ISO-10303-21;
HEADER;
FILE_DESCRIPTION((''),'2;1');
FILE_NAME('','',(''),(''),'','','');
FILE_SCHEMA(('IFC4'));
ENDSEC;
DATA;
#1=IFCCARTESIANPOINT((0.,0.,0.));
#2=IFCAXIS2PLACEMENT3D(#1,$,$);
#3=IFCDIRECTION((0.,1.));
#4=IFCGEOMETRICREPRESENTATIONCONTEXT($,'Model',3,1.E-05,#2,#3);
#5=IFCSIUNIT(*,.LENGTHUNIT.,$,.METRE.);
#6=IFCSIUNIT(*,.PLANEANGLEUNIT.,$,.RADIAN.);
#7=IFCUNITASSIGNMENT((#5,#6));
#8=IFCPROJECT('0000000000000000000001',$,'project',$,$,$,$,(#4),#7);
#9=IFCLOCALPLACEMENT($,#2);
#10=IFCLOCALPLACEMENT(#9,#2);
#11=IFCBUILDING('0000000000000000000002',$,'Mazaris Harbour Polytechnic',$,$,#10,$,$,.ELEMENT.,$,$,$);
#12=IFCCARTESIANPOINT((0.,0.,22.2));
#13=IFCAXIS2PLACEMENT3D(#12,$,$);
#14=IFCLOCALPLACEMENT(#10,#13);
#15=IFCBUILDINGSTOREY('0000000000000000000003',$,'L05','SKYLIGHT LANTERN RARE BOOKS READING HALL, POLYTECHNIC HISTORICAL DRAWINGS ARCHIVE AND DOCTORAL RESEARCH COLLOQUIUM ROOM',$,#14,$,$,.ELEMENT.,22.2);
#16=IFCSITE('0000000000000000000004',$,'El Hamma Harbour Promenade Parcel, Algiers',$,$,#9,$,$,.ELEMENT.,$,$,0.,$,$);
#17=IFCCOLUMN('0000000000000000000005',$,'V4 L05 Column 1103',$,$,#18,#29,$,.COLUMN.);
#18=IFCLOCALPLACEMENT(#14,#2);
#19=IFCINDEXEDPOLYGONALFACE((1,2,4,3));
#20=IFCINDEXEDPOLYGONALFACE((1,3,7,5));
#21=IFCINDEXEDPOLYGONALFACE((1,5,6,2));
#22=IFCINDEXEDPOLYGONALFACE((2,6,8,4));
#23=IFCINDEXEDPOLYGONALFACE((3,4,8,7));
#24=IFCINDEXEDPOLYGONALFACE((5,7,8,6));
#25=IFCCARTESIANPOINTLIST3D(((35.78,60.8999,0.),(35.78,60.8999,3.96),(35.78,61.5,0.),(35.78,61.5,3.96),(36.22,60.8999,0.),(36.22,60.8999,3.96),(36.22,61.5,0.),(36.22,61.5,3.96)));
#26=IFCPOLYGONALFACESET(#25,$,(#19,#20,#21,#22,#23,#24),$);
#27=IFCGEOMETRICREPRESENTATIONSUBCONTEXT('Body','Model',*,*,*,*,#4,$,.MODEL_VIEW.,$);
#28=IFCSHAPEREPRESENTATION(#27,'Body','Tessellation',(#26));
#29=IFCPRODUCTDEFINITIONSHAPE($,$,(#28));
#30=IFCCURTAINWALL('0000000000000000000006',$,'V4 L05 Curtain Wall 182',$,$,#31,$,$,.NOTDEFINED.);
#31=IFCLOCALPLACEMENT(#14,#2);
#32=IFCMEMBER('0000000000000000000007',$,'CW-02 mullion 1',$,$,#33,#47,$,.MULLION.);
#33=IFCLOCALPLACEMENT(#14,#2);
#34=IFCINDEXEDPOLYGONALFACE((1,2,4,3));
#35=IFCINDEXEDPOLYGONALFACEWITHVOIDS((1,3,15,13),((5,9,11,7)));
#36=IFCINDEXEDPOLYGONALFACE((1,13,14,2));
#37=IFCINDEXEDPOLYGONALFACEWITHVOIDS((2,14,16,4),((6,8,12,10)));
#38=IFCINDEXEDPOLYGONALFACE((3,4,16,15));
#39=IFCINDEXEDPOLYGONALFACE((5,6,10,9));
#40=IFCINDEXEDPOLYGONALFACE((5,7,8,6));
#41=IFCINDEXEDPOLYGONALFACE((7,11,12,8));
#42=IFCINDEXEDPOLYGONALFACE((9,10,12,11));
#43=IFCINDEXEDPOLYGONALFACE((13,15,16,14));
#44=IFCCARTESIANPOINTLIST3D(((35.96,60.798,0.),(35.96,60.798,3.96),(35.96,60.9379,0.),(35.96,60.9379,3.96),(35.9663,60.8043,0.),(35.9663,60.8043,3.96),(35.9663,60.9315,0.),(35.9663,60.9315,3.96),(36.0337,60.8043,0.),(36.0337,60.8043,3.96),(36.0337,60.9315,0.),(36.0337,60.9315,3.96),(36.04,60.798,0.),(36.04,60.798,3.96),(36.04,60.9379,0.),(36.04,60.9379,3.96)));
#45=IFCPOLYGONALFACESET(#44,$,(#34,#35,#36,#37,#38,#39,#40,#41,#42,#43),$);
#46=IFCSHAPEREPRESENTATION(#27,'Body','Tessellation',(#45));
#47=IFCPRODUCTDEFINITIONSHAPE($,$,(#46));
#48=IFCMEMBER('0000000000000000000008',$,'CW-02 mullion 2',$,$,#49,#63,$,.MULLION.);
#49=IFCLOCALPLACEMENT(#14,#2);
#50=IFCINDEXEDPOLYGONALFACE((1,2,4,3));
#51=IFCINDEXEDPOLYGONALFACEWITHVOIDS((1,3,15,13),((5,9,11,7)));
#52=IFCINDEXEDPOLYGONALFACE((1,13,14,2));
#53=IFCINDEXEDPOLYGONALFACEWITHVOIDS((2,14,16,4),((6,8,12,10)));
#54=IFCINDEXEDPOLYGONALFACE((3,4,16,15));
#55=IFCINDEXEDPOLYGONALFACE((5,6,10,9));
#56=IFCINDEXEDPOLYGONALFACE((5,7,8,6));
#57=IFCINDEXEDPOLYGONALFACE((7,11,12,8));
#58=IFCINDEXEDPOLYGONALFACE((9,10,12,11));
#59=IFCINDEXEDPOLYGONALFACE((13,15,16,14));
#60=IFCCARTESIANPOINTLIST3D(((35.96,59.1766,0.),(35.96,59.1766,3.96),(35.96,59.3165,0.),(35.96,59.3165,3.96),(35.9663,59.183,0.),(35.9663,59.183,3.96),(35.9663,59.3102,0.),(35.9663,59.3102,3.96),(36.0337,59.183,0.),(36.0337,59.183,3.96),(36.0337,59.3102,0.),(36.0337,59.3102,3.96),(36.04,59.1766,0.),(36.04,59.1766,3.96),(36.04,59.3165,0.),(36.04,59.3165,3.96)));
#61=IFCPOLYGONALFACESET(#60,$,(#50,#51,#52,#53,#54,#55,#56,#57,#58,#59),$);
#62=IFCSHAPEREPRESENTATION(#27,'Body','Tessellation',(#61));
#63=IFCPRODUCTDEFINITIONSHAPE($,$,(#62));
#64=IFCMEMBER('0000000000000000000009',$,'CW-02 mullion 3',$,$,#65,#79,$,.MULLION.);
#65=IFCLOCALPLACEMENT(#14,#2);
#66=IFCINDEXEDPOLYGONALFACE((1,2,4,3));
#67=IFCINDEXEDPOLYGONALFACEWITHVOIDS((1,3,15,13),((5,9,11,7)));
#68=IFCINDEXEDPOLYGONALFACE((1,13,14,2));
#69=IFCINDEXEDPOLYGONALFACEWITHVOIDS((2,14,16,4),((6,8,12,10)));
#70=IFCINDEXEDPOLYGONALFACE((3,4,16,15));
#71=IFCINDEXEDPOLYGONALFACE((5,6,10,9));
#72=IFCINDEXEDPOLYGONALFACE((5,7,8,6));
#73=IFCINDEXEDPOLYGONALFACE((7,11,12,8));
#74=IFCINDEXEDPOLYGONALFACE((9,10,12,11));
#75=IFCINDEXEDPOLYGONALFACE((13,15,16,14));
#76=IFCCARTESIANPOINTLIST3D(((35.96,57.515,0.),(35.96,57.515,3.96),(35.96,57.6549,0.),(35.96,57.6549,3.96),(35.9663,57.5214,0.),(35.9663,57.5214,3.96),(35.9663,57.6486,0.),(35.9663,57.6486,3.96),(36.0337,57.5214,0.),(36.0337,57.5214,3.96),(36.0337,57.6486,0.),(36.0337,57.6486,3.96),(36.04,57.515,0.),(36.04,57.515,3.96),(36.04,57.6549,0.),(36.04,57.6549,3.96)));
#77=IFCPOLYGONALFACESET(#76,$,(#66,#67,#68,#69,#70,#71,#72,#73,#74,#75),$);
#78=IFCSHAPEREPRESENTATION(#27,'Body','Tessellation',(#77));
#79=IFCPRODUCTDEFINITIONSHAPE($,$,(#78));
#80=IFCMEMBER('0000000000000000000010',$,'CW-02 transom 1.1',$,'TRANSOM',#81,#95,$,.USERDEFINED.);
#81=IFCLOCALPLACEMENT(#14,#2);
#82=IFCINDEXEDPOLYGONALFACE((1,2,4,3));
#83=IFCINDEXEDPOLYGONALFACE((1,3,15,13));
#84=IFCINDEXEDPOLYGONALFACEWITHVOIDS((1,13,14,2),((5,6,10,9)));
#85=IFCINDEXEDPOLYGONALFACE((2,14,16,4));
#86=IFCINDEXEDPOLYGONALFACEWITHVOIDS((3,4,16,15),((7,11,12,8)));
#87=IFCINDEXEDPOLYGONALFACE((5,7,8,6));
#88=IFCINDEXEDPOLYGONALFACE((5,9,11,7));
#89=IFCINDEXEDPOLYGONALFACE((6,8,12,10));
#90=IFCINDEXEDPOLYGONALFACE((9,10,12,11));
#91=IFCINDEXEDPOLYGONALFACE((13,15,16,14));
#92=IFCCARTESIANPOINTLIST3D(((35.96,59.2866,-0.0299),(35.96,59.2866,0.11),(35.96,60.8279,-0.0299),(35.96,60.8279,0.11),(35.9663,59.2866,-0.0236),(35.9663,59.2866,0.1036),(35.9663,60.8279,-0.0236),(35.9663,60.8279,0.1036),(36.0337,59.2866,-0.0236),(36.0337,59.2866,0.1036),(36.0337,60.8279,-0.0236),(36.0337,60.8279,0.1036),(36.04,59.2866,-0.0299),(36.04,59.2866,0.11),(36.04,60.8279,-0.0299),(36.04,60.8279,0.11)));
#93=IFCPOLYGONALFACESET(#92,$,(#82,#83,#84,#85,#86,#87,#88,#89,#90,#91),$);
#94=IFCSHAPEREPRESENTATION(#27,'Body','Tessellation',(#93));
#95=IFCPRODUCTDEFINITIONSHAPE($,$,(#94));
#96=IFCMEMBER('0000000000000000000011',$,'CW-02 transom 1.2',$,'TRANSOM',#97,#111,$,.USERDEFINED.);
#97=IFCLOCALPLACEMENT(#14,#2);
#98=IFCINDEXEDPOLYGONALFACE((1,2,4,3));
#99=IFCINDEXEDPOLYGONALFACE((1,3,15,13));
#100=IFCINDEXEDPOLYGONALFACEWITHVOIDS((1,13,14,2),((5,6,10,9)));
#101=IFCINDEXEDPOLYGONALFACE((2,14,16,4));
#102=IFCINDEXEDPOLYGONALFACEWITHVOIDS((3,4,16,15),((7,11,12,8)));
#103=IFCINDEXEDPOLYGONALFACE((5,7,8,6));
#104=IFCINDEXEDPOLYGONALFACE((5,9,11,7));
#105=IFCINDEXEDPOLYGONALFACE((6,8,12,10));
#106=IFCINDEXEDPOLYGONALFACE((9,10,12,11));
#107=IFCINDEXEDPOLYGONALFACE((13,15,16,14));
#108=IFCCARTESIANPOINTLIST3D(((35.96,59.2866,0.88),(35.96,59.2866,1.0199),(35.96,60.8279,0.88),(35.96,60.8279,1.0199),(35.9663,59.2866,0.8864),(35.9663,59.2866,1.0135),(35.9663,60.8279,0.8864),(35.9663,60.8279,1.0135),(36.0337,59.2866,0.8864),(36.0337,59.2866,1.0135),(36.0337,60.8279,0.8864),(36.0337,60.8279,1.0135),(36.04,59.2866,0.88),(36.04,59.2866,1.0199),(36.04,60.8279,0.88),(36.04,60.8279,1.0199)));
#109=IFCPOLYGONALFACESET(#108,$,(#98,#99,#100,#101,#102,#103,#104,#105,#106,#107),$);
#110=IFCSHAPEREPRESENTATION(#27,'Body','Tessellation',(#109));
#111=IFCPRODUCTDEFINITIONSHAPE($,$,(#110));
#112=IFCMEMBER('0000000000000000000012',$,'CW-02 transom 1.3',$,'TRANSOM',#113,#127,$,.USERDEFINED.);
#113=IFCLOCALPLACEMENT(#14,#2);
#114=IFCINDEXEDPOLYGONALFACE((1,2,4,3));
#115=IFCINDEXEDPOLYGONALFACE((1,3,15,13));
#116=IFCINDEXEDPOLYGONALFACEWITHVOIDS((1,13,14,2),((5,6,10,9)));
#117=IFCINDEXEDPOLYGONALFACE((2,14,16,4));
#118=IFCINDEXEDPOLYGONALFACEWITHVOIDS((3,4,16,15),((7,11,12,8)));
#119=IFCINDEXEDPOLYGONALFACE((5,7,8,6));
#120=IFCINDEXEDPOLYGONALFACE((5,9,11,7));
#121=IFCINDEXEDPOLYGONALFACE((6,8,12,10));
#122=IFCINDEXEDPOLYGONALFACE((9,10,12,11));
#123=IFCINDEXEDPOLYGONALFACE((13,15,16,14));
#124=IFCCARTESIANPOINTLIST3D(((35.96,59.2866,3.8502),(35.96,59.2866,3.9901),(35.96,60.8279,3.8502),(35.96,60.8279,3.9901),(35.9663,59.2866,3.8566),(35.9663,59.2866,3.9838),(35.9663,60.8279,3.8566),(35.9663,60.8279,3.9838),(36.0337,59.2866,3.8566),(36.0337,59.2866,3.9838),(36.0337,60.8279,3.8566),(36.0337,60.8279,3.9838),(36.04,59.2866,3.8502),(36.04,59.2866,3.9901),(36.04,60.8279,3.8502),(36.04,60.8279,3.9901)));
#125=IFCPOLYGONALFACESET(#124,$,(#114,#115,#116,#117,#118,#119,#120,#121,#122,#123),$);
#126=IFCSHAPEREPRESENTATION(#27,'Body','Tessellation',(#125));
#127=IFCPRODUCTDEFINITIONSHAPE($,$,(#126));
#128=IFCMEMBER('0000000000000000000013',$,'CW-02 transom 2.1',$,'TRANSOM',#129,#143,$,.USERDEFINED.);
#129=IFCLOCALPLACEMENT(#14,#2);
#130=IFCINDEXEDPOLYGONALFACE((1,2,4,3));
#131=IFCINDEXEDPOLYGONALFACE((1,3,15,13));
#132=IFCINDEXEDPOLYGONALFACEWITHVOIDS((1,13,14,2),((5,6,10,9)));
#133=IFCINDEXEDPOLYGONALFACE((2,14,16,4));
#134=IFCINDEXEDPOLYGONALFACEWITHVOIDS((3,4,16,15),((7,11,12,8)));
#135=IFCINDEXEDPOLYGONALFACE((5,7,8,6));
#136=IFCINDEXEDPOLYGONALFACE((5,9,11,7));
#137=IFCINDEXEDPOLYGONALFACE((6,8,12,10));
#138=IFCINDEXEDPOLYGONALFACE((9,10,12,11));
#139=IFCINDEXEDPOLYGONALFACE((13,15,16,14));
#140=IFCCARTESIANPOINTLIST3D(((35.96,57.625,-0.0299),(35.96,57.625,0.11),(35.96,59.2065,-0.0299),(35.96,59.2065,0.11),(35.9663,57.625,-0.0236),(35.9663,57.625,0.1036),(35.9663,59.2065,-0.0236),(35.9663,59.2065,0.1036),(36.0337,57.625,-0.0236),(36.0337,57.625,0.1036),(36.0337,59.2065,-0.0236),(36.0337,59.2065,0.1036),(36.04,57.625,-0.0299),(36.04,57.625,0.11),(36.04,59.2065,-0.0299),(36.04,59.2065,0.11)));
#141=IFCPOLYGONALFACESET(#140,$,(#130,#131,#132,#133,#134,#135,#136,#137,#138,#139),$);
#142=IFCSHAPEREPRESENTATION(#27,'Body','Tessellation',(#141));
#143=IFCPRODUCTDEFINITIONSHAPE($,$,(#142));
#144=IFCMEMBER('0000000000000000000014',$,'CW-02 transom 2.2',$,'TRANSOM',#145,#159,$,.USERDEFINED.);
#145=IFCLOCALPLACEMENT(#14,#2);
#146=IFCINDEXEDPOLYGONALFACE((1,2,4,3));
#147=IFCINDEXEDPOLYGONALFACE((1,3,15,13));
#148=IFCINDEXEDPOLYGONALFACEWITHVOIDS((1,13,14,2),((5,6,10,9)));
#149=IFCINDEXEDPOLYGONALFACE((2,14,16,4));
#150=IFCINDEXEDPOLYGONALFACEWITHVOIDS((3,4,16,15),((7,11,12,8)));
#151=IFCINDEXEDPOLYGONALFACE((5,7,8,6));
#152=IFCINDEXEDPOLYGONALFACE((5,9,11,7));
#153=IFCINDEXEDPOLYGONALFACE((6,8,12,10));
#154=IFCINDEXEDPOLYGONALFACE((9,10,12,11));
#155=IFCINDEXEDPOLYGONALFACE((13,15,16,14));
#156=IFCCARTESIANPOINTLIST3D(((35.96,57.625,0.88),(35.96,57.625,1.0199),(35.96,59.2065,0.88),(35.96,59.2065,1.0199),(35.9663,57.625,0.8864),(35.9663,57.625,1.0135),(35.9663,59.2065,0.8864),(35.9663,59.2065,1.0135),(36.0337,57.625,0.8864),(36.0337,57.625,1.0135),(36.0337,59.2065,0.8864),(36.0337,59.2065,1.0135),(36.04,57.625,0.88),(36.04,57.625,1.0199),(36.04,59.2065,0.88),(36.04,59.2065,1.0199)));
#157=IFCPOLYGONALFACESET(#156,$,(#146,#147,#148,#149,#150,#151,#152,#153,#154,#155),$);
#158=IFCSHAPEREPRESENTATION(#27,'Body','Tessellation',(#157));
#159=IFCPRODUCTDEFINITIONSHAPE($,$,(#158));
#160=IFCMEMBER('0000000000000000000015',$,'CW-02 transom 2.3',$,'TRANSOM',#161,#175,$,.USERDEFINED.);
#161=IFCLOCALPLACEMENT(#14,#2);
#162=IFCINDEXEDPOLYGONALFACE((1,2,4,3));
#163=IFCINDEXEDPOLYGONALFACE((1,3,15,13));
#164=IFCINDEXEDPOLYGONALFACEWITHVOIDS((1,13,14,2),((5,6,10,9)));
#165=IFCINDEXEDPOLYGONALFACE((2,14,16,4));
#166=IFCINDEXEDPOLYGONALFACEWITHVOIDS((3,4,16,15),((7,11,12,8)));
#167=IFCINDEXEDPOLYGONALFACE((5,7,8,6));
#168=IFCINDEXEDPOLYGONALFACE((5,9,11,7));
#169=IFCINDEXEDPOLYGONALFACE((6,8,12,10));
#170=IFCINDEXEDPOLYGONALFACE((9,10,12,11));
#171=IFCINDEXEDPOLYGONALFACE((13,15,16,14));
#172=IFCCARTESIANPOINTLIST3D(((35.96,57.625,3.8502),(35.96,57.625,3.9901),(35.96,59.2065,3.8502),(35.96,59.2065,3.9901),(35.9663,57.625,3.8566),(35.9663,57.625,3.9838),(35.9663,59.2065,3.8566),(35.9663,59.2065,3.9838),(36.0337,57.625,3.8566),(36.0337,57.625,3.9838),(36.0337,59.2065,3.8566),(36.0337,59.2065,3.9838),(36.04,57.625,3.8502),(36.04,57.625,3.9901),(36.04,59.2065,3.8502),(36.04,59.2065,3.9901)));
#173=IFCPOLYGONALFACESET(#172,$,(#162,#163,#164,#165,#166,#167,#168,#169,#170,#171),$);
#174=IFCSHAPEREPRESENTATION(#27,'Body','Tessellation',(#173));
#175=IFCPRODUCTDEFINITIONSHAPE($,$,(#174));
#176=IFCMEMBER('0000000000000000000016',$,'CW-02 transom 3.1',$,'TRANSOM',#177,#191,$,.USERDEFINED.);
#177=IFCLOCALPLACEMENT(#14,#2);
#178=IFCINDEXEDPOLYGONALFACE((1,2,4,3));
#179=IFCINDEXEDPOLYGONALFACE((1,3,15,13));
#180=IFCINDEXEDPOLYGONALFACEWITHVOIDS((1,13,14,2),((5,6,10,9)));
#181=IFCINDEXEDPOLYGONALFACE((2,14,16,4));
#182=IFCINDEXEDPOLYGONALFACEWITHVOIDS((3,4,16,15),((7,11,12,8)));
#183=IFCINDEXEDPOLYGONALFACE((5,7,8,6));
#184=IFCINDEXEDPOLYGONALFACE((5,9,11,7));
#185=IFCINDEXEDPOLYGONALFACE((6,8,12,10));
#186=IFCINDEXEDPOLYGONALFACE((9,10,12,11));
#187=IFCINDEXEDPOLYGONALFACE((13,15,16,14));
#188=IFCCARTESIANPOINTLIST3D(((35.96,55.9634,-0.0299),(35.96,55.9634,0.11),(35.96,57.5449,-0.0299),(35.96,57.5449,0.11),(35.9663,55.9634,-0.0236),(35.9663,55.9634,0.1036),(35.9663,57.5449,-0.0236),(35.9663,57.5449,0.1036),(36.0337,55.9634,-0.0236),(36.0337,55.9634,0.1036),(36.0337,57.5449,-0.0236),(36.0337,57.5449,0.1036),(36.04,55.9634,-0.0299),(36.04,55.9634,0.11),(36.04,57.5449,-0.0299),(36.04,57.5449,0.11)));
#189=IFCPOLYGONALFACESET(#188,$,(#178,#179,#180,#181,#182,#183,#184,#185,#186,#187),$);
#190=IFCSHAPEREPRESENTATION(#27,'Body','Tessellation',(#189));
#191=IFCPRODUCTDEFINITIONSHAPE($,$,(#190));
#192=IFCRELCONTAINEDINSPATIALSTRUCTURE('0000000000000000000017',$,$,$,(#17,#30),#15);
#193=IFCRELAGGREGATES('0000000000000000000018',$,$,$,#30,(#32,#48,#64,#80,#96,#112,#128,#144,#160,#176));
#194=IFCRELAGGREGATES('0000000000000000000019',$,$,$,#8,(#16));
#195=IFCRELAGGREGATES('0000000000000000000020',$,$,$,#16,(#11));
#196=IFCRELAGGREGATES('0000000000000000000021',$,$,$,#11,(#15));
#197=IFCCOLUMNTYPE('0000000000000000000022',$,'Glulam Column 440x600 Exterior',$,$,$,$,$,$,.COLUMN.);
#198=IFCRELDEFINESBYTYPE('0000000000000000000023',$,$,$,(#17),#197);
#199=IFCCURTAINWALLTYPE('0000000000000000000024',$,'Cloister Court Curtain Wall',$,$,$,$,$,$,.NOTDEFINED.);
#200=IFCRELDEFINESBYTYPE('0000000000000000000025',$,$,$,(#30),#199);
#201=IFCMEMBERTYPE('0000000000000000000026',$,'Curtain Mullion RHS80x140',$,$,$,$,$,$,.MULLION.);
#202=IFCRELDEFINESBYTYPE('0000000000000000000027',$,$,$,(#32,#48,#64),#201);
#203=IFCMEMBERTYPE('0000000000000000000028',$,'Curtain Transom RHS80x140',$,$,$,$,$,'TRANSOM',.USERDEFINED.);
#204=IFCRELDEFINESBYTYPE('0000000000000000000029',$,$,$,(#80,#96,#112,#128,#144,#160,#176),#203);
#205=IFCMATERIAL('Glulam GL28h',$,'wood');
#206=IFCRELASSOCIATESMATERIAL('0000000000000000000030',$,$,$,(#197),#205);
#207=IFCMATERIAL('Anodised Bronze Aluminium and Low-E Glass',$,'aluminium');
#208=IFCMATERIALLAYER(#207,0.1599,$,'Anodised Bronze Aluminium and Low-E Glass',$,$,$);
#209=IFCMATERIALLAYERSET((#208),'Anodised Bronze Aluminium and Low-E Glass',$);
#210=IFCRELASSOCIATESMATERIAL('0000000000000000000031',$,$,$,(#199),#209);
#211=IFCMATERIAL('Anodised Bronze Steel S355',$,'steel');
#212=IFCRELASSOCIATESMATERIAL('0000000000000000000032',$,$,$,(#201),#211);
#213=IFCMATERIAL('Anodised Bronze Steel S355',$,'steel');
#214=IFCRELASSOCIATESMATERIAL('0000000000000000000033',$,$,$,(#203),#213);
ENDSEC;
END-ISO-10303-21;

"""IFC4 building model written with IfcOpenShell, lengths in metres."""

from ifc_helpers import new_model, si_unit, direction, frame, origin, origin_2d, place, context, subcontext, project, spatial, rectangle, hollow_rectangle, extrude, material, layer, layer_set, material_profile, profile_set, type_object, element, aggregate, save


model = new_model("IFC4")

# Units and contexts
model_context = context("Model", 3, precision=1e-05, world=origin(), true_north=direction((0.0, 1.0)))
body_context = subcontext(model_context, "Body", "Model", "MODEL_VIEW")
ifc_project = project(units=[si_unit("LENGTHUNIT", "METRE"), si_unit("PLANEANGLEUNIT", "RADIAN")], contexts=[model_context])

# Site, building, storey
site_placement = place(None, origin())
site = spatial("IfcSite", under=ifc_project, at=site_placement, Name="El Hamma Harbour Promenade Parcel, Algiers", CompositionType="ELEMENT", RefElevation=0.0)
building_placement = place(site_placement, origin())
building = spatial("IfcBuilding", under=site, at=building_placement, Name="Mazaris Harbour Polytechnic", CompositionType="ELEMENT")
storey_placement = place(building_placement, frame((0.0, 0.0, 22.2)))
storey = spatial("IfcBuildingStorey", under=building, at=storey_placement, Name="L05", Description="SKYLIGHT LANTERN RARE BOOKS READING HALL, POLYTECHNIC HISTORICAL DRAWINGS ARCHIVE AND DOCTORAL RESEARCH COLLOQUIUM ROOM", CompositionType="ELEMENT", Elevation=22.2)

# Column
ifc_material_1 = material(Name="Glulam GL28h", Category="wood")
ifc_material_profile_1 = material_profile(ifc_material_1, rectangle(XDim=0.4399, YDim=0.6001, at=origin_2d()), Name="RECT440x600")
ifc_profile_set_1 = profile_set([ifc_material_profile_1], Name="Glulam GL28h")
column_type = type_object("IfcColumnType", Name="Glulam Column 440x600 Exterior", PredefinedType="COLUMN", material=ifc_profile_set_1)
column_placement = place(storey_placement, frame((36.0, 61.2, 0.0), z_axis=(0.0, 0.0, 1.0), x_axis=(1.0, 0.0, 0.0)))
element("IfcColumn", 1, at=column_placement, inside=storey, type_object=column_type, Name="V4 L05 Column 1103", PredefinedType="COLUMN", context=body_context, shape_type="SweptSolid", body=[
    extrude(rectangle(XDim=0.4399, YDim=0.6001, at=origin_2d()), origin(), (0.0, 0.0, 1.0), 3.96),
])

# Curtain wall, members
ifc_material_2 = material(Name="Anodised Bronze Aluminium and Low-E Glass", Category="aluminium")
ifc_layer_1 = layer(ifc_material_2, 0.1599, Name="Anodised Bronze Aluminium and Low-E Glass")
ifc_layer_set_1 = layer_set([ifc_layer_1], Name="Anodised Bronze Aluminium and Low-E Glass")
curtain_wall_type = type_object("IfcCurtainWallType", Name="Cloister Court Curtain Wall", PredefinedType="NOTDEFINED", material=ifc_layer_set_1)
curtain_wall_placement = place(storey_placement, origin())
curtain_wall = element("IfcCurtainWall", 2, at=curtain_wall_placement, inside=storey, type_object=curtain_wall_type, Name="V4 L05 Curtain Wall 182", PredefinedType="NOTDEFINED")
ifc_material_3 = material(Name="Anodised Bronze Steel S355", Category="steel")
ifc_material_profile_2 = material_profile(ifc_material_3, hollow_rectangle(XDim=0.0801, YDim=0.1399, WallThickness=0.0063, at=origin_2d()), Name="RHS 80x140x6.3")
ifc_profile_set_2 = profile_set([ifc_material_profile_2], Name="Anodised Bronze Steel S355")
member_type_1 = type_object("IfcMemberType", Name="Curtain Mullion RHS80x140", PredefinedType="MULLION", material=ifc_profile_set_2)
member_1_placement = place(storey_placement, frame((36.0, 60.8679, 0.0), z_axis=(0.0, 0.0, 1.0), x_axis=(1.0, 0.0, 0.0)))
member_1 = element("IfcMember", 3, at=member_1_placement, type_object=member_type_1, Name="CW-02 mullion 1", PredefinedType="MULLION", context=body_context, shape_type="SweptSolid", body=[
    extrude(hollow_rectangle(XDim=0.0801, YDim=0.1399, WallThickness=0.0063, at=origin_2d()), origin(), (0.0, 0.0, 1.0), 3.96),
])
member_2_placement = place(storey_placement, frame((36.0, 59.2466, 0.0), z_axis=(0.0, 0.0, 1.0), x_axis=(1.0, 0.0, 0.0)))
member_2 = element("IfcMember", 4, at=member_2_placement, type_object=member_type_1, Name="CW-02 mullion 2", PredefinedType="MULLION", context=body_context, shape_type="SweptSolid", body=[
    extrude(hollow_rectangle(XDim=0.0801, YDim=0.1399, WallThickness=0.0063, at=origin_2d()), origin(), (0.0, 0.0, 1.0), 3.96),
])
member_3_placement = place(storey_placement, frame((36.0, 57.585, 0.0), z_axis=(0.0, 0.0, 1.0), x_axis=(1.0, 0.0, 0.0)))
member_3 = element("IfcMember", 5, at=member_3_placement, type_object=member_type_1, Name="CW-02 mullion 3", PredefinedType="MULLION", context=body_context, shape_type="SweptSolid", body=[
    extrude(hollow_rectangle(XDim=0.0801, YDim=0.1399, WallThickness=0.0063, at=origin_2d()), origin(), (0.0, 0.0, 1.0), 3.96),
])
ifc_material_4 = material(Name="Anodised Bronze Steel S355", Category="steel")
ifc_material_profile_3 = material_profile(ifc_material_4, hollow_rectangle(XDim=0.0801, YDim=0.1399, WallThickness=0.0063, at=origin_2d()), Name="RHS 80x140x6.3")
ifc_profile_set_3 = profile_set([ifc_material_profile_3], Name="Anodised Bronze Steel S355")
member_type_2 = type_object("IfcMemberType", Name="Curtain Transom RHS80x140", ElementType="TRANSOM", PredefinedType="USERDEFINED", material=ifc_profile_set_3)
member_4_placement = place(storey_placement, frame((36.0, 60.8279, 0.04), z_axis=(0.0, -1.0, 0.0), x_axis=(1.0, 0.0, 0.0)))
member_4 = element("IfcMember", 6, at=member_4_placement, type_object=member_type_2, Name="CW-02 transom 1.1", ObjectType="TRANSOM", PredefinedType="USERDEFINED", context=body_context, shape_type="SweptSolid", body=[
    extrude(hollow_rectangle(XDim=0.0801, YDim=0.1399, WallThickness=0.0063, at=origin_2d()), origin(), (0.0, 0.0, 1.0), 1.5413),
])
member_5_placement = place(storey_placement, frame((36.0, 60.8279, 0.95), z_axis=(0.0, -1.0, 0.0), x_axis=(1.0, 0.0, 0.0)))
member_5 = element("IfcMember", 7, at=member_5_placement, type_object=member_type_2, Name="CW-02 transom 1.2", ObjectType="TRANSOM", PredefinedType="USERDEFINED", context=body_context, shape_type="SweptSolid", body=[
    extrude(hollow_rectangle(XDim=0.0801, YDim=0.1399, WallThickness=0.0063, at=origin_2d()), origin(), (0.0, 0.0, 1.0), 1.5413),
])
member_6_placement = place(storey_placement, frame((36.0, 60.8279, 3.9202), z_axis=(0.0, -1.0, 0.0), x_axis=(1.0, 0.0, 0.0)))
member_6 = element("IfcMember", 8, at=member_6_placement, type_object=member_type_2, Name="CW-02 transom 1.3", ObjectType="TRANSOM", PredefinedType="USERDEFINED", context=body_context, shape_type="SweptSolid", body=[
    extrude(hollow_rectangle(XDim=0.0801, YDim=0.1399, WallThickness=0.0063, at=origin_2d()), origin(), (0.0, 0.0, 1.0), 1.5413),
])
member_7_placement = place(storey_placement, frame((36.0, 59.2065, 0.04), z_axis=(0.0, -1.0, 0.0), x_axis=(1.0, 0.0, 0.0)))
member_7 = element("IfcMember", 9, at=member_7_placement, type_object=member_type_2, Name="CW-02 transom 2.1", ObjectType="TRANSOM", PredefinedType="USERDEFINED", context=body_context, shape_type="SweptSolid", body=[
    extrude(hollow_rectangle(XDim=0.0801, YDim=0.1399, WallThickness=0.0063, at=origin_2d()), origin(), (0.0, 0.0, 1.0), 1.5815),
])
member_8_placement = place(storey_placement, frame((36.0, 59.2065, 0.95), z_axis=(0.0, -1.0, 0.0), x_axis=(1.0, 0.0, 0.0)))
member_8 = element("IfcMember", 10, at=member_8_placement, type_object=member_type_2, Name="CW-02 transom 2.2", ObjectType="TRANSOM", PredefinedType="USERDEFINED", context=body_context, shape_type="SweptSolid", body=[
    extrude(hollow_rectangle(XDim=0.0801, YDim=0.1399, WallThickness=0.0063, at=origin_2d()), origin(), (0.0, 0.0, 1.0), 1.5815),
])
member_9_placement = place(storey_placement, frame((36.0, 59.2065, 3.9202), z_axis=(0.0, -1.0, 0.0), x_axis=(1.0, 0.0, 0.0)))
member_9 = element("IfcMember", 11, at=member_9_placement, type_object=member_type_2, Name="CW-02 transom 2.3", ObjectType="TRANSOM", PredefinedType="USERDEFINED", context=body_context, shape_type="SweptSolid", body=[
    extrude(hollow_rectangle(XDim=0.0801, YDim=0.1399, WallThickness=0.0063, at=origin_2d()), origin(), (0.0, 0.0, 1.0), 1.5815),
])
member_10_placement = place(storey_placement, frame((36.0, 57.5449, 0.04), z_axis=(0.0, -1.0, 0.0), x_axis=(1.0, 0.0, 0.0)))
member_10 = element("IfcMember", 12, at=member_10_placement, type_object=member_type_2, Name="CW-02 transom 3.1", ObjectType="TRANSOM", PredefinedType="USERDEFINED", context=body_context, shape_type="SweptSolid", body=[
    extrude(hollow_rectangle(XDim=0.0801, YDim=0.1399, WallThickness=0.0063, at=origin_2d()), origin(), (0.0, 0.0, 1.0), 1.5815),
])
aggregate(curtain_wall, [member_1, member_2, member_3, member_4, member_5, member_6, member_7, member_8, member_9, member_10])

save(model, "model.ifc")
